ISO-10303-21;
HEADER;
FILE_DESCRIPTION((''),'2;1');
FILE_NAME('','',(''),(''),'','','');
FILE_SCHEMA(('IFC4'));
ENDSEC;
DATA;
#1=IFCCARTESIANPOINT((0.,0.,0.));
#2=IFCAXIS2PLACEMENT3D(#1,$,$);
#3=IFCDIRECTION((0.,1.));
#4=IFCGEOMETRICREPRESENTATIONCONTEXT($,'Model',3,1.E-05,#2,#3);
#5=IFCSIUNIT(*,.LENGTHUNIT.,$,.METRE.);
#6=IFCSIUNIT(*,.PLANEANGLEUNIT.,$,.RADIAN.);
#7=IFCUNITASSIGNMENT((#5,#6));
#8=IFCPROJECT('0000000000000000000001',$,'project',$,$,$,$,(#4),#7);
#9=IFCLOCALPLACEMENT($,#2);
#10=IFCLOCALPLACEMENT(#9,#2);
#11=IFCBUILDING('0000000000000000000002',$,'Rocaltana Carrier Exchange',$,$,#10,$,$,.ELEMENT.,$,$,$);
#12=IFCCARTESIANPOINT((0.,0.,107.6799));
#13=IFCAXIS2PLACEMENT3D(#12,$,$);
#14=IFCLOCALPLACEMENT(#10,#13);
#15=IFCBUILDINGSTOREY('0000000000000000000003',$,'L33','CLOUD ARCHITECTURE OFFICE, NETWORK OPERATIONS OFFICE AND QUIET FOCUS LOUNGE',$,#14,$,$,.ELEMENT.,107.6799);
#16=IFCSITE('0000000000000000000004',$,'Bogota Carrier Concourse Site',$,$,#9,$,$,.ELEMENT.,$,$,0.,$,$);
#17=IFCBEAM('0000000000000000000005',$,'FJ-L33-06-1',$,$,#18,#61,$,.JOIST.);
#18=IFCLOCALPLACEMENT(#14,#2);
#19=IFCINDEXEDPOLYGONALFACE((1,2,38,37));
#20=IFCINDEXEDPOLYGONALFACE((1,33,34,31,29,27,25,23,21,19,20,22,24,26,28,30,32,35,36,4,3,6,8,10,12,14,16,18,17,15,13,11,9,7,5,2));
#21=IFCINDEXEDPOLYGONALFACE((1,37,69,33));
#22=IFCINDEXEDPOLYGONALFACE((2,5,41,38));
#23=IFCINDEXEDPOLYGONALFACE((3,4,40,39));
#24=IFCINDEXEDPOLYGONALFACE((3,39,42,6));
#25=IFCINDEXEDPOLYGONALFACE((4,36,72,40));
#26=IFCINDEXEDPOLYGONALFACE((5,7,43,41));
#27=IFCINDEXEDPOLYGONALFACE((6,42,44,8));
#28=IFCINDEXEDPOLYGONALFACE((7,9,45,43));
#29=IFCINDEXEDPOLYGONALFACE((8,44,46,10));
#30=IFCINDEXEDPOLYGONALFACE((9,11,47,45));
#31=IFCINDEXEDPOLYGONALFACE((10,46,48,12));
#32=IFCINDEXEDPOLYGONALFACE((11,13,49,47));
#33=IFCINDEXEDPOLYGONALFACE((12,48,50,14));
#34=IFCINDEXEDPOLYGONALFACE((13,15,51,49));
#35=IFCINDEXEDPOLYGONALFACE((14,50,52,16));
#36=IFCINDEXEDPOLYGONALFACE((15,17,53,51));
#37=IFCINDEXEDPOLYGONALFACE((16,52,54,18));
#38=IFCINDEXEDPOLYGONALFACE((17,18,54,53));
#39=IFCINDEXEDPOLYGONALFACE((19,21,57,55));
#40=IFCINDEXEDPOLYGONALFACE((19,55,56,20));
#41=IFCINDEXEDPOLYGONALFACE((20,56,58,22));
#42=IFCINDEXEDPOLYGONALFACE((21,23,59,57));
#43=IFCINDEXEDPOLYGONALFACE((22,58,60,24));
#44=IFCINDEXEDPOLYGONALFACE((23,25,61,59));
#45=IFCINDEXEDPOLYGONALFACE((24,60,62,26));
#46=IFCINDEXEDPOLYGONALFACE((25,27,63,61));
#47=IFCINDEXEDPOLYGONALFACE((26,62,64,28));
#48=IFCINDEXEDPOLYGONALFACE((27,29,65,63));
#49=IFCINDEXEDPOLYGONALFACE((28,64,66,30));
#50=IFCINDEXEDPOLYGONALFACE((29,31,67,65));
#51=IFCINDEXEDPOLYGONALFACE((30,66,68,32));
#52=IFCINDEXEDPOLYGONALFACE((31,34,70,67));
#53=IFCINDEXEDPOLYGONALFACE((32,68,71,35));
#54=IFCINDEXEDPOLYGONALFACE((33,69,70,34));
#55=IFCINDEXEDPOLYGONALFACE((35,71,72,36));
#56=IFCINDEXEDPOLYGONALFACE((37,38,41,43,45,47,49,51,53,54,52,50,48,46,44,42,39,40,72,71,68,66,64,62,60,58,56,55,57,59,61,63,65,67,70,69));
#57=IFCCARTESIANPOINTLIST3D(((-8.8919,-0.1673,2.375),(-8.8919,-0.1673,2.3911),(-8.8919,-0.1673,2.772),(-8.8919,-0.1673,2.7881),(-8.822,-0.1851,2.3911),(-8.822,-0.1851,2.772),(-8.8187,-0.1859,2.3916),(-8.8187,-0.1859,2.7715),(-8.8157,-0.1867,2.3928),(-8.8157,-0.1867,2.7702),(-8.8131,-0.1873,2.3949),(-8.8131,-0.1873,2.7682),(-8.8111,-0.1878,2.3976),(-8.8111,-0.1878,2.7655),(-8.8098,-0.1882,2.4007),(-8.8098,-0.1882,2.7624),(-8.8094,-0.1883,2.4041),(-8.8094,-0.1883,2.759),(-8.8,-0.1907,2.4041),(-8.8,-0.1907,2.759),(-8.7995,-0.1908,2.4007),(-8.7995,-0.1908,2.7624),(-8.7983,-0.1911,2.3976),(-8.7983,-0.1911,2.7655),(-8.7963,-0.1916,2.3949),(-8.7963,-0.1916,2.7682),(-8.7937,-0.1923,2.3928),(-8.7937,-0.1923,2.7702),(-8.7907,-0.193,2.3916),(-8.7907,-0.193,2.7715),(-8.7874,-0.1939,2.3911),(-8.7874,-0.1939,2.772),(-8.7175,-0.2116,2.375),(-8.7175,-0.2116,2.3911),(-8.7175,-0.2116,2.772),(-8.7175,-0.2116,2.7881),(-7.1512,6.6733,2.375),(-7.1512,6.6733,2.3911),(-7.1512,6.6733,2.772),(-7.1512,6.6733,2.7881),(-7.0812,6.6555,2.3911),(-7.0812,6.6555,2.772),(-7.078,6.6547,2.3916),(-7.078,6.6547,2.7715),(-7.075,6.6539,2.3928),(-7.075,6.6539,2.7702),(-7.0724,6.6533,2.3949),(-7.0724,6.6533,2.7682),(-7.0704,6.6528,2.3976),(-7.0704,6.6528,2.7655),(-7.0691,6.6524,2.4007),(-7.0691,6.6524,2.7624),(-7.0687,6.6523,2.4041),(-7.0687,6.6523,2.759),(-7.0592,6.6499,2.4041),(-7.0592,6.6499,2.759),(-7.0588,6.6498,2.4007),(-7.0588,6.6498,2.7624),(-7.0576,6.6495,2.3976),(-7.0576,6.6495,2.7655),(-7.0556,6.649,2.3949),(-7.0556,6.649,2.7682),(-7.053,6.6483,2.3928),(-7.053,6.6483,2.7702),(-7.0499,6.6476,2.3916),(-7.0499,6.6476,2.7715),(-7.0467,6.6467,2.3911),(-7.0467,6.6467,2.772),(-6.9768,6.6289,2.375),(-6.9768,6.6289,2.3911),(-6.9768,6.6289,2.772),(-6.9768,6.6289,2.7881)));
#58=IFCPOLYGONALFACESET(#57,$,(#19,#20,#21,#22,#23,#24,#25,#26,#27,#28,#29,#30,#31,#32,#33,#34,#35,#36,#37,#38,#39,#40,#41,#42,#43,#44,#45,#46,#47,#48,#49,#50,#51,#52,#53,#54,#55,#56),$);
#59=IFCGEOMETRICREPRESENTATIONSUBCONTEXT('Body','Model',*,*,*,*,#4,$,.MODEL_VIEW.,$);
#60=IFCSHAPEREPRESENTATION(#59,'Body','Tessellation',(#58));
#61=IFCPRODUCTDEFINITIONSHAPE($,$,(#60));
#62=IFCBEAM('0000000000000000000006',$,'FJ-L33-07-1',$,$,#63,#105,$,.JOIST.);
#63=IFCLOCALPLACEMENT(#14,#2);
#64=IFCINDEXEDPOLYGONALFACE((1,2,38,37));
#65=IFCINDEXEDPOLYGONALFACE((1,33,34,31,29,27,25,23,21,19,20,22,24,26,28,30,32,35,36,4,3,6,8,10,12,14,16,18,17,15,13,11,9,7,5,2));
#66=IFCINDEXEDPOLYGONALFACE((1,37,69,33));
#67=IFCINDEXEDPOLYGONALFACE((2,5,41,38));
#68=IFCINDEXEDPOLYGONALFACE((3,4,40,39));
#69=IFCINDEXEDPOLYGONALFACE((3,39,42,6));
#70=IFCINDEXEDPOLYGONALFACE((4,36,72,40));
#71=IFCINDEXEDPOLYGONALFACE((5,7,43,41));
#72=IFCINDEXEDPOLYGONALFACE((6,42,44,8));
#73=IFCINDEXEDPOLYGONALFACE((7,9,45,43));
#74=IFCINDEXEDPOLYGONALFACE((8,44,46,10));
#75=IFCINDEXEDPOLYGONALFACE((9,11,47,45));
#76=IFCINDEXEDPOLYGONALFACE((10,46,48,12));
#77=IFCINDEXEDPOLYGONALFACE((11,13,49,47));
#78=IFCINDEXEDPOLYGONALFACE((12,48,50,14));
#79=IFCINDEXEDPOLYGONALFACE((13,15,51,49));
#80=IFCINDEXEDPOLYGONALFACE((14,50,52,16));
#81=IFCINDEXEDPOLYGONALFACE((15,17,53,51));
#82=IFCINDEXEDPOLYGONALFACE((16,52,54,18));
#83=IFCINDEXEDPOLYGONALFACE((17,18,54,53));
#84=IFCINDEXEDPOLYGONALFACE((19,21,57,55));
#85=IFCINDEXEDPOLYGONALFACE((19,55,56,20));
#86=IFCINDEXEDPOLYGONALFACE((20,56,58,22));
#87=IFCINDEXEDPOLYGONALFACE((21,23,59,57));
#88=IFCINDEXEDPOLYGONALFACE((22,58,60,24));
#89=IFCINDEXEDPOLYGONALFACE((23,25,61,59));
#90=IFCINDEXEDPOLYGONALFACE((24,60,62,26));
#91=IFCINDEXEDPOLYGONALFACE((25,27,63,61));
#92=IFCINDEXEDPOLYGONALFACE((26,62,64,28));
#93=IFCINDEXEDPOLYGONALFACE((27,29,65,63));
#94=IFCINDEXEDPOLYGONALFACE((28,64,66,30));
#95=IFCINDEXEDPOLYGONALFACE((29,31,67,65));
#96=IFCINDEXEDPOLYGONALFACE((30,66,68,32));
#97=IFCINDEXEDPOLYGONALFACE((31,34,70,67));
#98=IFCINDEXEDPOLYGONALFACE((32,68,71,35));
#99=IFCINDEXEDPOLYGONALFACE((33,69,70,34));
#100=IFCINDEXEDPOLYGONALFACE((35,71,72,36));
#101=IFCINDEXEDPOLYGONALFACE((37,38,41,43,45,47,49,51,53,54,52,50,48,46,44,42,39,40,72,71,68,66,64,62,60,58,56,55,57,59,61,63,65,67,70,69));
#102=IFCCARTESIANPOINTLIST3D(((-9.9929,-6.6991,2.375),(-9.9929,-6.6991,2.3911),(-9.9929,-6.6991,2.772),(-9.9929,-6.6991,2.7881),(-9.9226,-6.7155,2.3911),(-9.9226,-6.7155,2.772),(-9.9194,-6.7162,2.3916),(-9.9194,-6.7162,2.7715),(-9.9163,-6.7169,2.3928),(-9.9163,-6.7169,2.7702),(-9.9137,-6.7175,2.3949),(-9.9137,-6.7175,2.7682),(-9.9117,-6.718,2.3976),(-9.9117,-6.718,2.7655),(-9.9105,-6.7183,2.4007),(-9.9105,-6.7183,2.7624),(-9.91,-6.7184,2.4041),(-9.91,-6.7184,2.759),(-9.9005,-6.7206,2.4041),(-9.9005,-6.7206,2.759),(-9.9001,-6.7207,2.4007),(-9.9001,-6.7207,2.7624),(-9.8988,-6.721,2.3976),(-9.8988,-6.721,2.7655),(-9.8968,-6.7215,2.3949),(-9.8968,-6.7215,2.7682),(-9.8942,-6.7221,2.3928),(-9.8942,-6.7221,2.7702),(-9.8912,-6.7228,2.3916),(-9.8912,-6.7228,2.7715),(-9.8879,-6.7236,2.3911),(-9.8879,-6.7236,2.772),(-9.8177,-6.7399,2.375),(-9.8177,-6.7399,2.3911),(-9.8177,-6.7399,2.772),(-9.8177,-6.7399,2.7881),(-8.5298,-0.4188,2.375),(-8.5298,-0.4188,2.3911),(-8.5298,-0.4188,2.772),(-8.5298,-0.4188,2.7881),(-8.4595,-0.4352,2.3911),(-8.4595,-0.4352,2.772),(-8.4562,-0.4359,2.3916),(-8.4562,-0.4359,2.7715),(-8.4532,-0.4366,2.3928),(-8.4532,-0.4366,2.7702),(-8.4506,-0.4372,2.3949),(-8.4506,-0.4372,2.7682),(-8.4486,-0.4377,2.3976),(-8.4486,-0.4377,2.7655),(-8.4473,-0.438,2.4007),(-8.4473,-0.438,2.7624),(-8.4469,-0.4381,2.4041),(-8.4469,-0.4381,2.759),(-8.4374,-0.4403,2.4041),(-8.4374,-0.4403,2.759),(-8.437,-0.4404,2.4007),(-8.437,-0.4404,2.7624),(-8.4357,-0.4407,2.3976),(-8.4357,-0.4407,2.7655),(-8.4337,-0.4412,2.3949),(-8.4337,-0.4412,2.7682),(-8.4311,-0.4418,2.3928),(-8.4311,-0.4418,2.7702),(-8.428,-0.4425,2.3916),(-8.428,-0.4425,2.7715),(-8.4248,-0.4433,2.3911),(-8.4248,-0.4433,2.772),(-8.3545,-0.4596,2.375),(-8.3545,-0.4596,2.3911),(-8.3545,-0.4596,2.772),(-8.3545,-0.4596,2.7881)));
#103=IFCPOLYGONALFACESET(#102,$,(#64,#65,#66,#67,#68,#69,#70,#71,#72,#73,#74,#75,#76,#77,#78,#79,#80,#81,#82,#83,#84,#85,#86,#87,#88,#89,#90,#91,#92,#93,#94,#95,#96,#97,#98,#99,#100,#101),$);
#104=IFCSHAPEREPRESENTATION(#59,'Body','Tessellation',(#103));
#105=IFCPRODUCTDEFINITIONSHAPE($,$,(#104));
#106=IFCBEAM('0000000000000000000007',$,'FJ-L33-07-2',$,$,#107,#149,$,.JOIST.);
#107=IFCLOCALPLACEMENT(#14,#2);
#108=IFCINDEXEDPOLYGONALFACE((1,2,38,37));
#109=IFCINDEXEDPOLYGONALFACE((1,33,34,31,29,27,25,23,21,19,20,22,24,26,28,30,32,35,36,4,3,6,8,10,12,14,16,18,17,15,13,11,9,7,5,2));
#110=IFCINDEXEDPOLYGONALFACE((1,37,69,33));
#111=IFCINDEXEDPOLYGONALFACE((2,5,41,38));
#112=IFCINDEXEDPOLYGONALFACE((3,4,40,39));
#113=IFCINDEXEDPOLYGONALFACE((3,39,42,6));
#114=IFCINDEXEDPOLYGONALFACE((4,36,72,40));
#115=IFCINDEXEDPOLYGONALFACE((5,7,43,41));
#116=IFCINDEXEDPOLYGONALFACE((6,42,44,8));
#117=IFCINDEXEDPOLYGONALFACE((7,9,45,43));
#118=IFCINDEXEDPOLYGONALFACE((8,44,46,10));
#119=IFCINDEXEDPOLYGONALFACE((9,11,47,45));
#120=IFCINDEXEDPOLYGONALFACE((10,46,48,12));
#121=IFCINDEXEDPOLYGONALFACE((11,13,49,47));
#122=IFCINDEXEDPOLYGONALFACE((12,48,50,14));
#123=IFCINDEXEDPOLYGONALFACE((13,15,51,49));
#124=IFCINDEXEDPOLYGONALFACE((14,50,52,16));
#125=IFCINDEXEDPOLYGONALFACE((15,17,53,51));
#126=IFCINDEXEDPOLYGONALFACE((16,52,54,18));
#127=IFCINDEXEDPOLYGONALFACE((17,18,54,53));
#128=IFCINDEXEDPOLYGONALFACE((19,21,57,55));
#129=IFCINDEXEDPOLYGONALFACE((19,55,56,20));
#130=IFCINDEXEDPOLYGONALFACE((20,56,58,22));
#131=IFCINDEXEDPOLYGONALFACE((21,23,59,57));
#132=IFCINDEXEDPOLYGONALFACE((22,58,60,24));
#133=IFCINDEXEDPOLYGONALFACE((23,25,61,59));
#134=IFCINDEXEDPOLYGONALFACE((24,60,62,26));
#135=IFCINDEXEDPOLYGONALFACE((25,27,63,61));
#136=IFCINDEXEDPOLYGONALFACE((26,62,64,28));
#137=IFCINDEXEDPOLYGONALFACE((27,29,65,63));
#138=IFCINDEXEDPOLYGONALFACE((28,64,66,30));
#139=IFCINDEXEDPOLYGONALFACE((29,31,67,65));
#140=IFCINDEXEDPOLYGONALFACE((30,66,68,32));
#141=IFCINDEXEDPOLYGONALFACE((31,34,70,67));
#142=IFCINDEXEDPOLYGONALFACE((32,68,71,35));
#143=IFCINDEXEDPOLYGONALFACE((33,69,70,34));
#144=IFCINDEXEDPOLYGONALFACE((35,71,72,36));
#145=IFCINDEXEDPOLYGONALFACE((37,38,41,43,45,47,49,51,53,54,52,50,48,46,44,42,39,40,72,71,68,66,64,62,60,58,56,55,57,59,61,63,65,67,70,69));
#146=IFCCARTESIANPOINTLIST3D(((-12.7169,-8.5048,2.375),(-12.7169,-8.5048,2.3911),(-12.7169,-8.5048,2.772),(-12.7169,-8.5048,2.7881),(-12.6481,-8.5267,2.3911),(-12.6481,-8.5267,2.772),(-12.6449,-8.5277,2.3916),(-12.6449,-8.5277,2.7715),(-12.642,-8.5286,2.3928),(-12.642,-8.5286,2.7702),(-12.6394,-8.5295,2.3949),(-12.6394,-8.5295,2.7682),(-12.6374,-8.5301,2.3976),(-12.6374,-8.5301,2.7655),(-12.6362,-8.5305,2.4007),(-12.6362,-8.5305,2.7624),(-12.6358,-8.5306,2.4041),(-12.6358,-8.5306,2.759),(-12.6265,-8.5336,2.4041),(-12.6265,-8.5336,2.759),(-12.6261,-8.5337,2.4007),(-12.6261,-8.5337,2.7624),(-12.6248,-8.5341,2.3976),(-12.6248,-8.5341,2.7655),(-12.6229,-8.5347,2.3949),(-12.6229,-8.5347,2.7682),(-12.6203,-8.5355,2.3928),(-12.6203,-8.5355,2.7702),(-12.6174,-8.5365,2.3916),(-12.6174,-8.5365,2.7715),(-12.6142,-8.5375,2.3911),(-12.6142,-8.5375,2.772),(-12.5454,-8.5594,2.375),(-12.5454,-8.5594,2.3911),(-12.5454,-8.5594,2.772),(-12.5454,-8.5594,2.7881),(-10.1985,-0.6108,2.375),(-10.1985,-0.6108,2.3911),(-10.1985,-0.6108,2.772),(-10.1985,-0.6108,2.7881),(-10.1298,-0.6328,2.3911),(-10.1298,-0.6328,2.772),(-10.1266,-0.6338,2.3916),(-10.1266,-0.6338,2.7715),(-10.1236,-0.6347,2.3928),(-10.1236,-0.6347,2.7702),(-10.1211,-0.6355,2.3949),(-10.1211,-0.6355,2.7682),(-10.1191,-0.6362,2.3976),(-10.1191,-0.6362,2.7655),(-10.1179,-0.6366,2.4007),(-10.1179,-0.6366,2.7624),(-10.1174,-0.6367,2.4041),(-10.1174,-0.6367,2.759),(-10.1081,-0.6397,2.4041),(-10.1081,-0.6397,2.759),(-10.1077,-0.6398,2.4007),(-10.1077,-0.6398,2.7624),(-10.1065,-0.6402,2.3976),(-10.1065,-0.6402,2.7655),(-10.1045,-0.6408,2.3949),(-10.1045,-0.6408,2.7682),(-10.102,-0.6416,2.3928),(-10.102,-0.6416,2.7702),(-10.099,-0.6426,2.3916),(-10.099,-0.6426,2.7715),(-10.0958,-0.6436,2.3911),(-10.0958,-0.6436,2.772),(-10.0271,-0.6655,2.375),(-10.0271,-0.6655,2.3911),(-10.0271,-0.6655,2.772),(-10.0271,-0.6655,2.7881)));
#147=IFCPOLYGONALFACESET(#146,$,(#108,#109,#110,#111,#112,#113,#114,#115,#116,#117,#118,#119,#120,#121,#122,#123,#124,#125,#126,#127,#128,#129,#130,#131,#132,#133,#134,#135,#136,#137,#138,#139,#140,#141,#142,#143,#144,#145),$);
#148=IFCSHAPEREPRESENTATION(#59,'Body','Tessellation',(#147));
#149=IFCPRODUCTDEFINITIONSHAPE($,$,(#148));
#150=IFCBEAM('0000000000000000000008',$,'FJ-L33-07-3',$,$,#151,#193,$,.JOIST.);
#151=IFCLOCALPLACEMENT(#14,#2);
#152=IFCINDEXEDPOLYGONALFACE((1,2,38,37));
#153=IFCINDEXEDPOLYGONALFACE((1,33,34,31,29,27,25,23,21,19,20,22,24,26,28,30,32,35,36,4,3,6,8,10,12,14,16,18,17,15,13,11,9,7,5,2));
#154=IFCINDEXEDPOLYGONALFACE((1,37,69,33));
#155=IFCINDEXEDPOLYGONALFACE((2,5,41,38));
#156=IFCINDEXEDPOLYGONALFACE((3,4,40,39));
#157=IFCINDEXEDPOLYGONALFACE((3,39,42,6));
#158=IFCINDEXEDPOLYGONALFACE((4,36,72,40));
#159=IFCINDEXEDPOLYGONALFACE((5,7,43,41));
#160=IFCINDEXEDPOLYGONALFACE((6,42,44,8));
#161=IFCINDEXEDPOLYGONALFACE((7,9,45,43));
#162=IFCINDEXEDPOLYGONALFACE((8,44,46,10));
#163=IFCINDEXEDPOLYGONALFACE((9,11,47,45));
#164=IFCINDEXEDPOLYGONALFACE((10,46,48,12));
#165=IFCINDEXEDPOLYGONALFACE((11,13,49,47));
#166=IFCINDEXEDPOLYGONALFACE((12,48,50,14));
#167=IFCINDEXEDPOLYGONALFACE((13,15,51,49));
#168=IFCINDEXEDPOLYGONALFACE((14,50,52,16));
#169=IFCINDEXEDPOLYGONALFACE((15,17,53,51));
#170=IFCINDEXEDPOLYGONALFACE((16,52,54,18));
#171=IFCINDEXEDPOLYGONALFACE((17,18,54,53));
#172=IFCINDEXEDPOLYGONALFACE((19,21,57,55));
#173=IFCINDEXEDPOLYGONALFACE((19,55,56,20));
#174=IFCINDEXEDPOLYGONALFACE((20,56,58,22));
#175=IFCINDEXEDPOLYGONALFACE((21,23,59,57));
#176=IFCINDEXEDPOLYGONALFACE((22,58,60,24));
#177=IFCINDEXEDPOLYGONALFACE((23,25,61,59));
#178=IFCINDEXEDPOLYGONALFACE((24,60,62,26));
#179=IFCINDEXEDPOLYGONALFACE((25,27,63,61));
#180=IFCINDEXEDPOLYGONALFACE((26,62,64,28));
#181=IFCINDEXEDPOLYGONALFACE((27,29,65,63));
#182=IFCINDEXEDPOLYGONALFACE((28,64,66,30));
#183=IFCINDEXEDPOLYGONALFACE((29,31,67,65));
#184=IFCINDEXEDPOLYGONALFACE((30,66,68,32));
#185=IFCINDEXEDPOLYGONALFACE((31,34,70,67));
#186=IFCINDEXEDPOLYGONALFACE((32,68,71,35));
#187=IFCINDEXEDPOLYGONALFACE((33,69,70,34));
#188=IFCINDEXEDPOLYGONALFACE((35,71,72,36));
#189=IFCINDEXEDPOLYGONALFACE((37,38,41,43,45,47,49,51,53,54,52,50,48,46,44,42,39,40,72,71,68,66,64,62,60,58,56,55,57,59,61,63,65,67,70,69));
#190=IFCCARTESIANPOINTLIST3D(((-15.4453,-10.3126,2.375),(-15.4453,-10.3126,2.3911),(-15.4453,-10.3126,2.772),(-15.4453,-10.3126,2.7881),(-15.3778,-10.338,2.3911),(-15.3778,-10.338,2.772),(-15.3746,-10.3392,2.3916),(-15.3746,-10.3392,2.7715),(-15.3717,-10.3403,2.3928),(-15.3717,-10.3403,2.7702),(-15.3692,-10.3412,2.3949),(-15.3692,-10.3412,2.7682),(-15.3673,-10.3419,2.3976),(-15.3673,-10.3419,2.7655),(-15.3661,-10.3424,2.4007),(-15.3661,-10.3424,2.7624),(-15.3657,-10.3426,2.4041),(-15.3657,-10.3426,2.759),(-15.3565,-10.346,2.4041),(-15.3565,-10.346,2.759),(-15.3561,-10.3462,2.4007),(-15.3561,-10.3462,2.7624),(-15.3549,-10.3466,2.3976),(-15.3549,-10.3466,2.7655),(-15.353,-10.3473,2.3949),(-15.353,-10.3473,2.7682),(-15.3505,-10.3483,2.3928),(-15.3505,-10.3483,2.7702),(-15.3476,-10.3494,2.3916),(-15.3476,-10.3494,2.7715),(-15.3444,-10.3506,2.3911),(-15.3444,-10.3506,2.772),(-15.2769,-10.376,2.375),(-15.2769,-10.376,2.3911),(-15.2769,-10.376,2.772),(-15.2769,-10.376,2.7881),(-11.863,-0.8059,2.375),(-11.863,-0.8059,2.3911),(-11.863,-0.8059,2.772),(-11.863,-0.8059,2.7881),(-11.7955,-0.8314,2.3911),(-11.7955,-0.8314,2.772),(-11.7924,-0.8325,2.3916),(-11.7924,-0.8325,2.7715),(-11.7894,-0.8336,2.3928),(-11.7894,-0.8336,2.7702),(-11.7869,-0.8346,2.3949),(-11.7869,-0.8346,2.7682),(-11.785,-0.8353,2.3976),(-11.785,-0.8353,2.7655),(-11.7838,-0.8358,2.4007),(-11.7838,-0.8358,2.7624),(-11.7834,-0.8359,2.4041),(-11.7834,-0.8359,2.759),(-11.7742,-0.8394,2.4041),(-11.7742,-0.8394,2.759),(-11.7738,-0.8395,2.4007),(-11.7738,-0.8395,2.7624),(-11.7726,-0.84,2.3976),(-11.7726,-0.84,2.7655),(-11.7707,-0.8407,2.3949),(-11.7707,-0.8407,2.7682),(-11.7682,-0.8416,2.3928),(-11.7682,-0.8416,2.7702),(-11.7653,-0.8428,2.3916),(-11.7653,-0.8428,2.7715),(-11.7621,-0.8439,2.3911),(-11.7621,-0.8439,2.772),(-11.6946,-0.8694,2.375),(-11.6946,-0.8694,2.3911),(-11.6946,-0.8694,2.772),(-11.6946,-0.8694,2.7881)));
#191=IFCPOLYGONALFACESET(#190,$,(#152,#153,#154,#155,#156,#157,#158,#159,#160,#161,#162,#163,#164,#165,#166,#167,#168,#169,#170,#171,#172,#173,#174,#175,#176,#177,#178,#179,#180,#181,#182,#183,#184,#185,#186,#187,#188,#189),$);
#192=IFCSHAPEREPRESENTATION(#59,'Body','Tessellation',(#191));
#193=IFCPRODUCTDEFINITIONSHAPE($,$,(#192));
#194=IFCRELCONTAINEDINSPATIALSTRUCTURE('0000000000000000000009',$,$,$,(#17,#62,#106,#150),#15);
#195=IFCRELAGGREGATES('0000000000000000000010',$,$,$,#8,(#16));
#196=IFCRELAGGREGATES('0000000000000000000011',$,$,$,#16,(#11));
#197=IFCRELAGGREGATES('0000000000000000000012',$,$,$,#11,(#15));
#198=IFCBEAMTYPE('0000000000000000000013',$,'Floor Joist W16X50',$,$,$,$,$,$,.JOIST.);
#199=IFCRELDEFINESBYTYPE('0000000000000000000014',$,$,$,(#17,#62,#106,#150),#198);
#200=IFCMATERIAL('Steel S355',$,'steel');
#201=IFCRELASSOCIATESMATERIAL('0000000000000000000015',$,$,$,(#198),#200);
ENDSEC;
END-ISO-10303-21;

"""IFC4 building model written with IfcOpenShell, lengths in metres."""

from ifc_helpers import new_model, si_unit, direction, frame, origin, origin_2d, place, context, subcontext, project, spatial, i_section, extrude, material, material_profile, profile_set, type_object, element, save


model = new_model("IFC4")

# Units and contexts
model_context = context("Model", 3, precision=1e-05, world=origin(), true_north=direction((0.0, 1.0)))
body_context = subcontext(model_context, "Body", "Model", "MODEL_VIEW")
ifc_project = project(units=[si_unit("LENGTHUNIT", "METRE"), si_unit("PLANEANGLEUNIT", "RADIAN")], contexts=[model_context])

# Site, building, storey
site_placement = place(None, origin())
site = spatial("IfcSite", under=ifc_project, at=site_placement, Name="Bogota Carrier Concourse Site", CompositionType="ELEMENT", RefElevation=0.0)
building_placement = place(site_placement, origin())
building = spatial("IfcBuilding", under=site, at=building_placement, Name="Rocaltana Carrier Exchange", CompositionType="ELEMENT")
storey_placement = place(building_placement, frame((0.0, 0.0, 107.6799)))
storey = spatial("IfcBuildingStorey", under=building, at=storey_placement, Name="L33", Description="CLOUD ARCHITECTURE OFFICE, NETWORK OPERATIONS OFFICE AND QUIET FOCUS LOUNGE", CompositionType="ELEMENT", Elevation=107.6799)

# Beams
ifc_material_1 = material(Name="Steel S355", Category="steel")
ifc_material_profile_1 = material_profile(ifc_material_1, i_section(OverallWidth=0.1799, OverallDepth=0.4131, WebThickness=0.0098, FlangeThickness=0.0161, FilletRadius=0.0129, at=origin_2d()), Name="W16X50")
ifc_profile_set_1 = profile_set([ifc_material_profile_1], Name="Steel S355")
beam_type_1 = type_object("IfcBeamType", Name="Floor Joist W16X50", PredefinedType="JOIST", material=ifc_profile_set_1)
beam_1_placement = place(storey_placement, frame((-7.064, 6.6511, 2.5815), z_axis=(-0.246611, -0.969115, 0.0), x_axis=(0.969115, -0.246611, 0.0)))
element("IfcBeam", 1, at=beam_1_placement, inside=storey, type_object=beam_type_1, Name="FJ-L33-06-1", PredefinedType="JOIST", context=body_context, shape_type="SweptSolid", body=[
    extrude(i_section(OverallWidth=0.1799, OverallDepth=0.4131, WebThickness=0.0098, FlangeThickness=0.0161, FilletRadius=0.0129, at=origin_2d()), origin(), (0.0, 0.0, 1.0), 7.0586),
])
beam_2_placement = place(storey_placement, frame((-8.4421, -0.4392, 2.5815), z_axis=(-0.226897, -0.973919, 0.0), x_axis=(0.973919, -0.226897, 0.0)))
element("IfcBeam", 2, at=beam_2_placement, inside=storey, type_object=beam_type_1, Name="FJ-L33-07-1", PredefinedType="JOIST", context=body_context, shape_type="SweptSolid", body=[
    extrude(i_section(OverallWidth=0.1799, OverallDepth=0.4131, WebThickness=0.0098, FlangeThickness=0.0161, FilletRadius=0.0129, at=origin_2d()), origin(), (0.0, 0.0, 1.0), 6.4485),
])
beam_3_placement = place(storey_placement, frame((-10.1128, -0.6382, 2.5815), z_axis=(-0.303932, -0.952694, 0.0), x_axis=(0.952694, -0.303932, 0.0)))
element("IfcBeam", 3, at=beam_3_placement, inside=storey, type_object=beam_type_1, Name="FJ-L33-07-2", PredefinedType="JOIST", context=body_context, shape_type="SweptSolid", body=[
    extrude(i_section(OverallWidth=0.1799, OverallDepth=0.4131, WebThickness=0.0098, FlangeThickness=0.0161, FilletRadius=0.0129, at=origin_2d()), origin(), (0.0, 0.0, 1.0), 8.2859),
])
beam_4_placement = place(storey_placement, frame((-11.7788, -0.8376, 2.5815), z_axis=(-0.352616, -0.935768, 0.0), x_axis=(0.935768, -0.352616, 0.0)))
element("IfcBeam", 4, at=beam_4_placement, inside=storey, type_object=beam_type_1, Name="FJ-L33-07-3", PredefinedType="JOIST", context=body_context, shape_type="SweptSolid", body=[
    extrude(i_section(OverallWidth=0.1799, OverallDepth=0.4131, WebThickness=0.0098, FlangeThickness=0.0161, FilletRadius=0.0129, at=origin_2d()), origin(), (0.0, 0.0, 1.0), 10.1592),
])

save(model, "model.ifc")
